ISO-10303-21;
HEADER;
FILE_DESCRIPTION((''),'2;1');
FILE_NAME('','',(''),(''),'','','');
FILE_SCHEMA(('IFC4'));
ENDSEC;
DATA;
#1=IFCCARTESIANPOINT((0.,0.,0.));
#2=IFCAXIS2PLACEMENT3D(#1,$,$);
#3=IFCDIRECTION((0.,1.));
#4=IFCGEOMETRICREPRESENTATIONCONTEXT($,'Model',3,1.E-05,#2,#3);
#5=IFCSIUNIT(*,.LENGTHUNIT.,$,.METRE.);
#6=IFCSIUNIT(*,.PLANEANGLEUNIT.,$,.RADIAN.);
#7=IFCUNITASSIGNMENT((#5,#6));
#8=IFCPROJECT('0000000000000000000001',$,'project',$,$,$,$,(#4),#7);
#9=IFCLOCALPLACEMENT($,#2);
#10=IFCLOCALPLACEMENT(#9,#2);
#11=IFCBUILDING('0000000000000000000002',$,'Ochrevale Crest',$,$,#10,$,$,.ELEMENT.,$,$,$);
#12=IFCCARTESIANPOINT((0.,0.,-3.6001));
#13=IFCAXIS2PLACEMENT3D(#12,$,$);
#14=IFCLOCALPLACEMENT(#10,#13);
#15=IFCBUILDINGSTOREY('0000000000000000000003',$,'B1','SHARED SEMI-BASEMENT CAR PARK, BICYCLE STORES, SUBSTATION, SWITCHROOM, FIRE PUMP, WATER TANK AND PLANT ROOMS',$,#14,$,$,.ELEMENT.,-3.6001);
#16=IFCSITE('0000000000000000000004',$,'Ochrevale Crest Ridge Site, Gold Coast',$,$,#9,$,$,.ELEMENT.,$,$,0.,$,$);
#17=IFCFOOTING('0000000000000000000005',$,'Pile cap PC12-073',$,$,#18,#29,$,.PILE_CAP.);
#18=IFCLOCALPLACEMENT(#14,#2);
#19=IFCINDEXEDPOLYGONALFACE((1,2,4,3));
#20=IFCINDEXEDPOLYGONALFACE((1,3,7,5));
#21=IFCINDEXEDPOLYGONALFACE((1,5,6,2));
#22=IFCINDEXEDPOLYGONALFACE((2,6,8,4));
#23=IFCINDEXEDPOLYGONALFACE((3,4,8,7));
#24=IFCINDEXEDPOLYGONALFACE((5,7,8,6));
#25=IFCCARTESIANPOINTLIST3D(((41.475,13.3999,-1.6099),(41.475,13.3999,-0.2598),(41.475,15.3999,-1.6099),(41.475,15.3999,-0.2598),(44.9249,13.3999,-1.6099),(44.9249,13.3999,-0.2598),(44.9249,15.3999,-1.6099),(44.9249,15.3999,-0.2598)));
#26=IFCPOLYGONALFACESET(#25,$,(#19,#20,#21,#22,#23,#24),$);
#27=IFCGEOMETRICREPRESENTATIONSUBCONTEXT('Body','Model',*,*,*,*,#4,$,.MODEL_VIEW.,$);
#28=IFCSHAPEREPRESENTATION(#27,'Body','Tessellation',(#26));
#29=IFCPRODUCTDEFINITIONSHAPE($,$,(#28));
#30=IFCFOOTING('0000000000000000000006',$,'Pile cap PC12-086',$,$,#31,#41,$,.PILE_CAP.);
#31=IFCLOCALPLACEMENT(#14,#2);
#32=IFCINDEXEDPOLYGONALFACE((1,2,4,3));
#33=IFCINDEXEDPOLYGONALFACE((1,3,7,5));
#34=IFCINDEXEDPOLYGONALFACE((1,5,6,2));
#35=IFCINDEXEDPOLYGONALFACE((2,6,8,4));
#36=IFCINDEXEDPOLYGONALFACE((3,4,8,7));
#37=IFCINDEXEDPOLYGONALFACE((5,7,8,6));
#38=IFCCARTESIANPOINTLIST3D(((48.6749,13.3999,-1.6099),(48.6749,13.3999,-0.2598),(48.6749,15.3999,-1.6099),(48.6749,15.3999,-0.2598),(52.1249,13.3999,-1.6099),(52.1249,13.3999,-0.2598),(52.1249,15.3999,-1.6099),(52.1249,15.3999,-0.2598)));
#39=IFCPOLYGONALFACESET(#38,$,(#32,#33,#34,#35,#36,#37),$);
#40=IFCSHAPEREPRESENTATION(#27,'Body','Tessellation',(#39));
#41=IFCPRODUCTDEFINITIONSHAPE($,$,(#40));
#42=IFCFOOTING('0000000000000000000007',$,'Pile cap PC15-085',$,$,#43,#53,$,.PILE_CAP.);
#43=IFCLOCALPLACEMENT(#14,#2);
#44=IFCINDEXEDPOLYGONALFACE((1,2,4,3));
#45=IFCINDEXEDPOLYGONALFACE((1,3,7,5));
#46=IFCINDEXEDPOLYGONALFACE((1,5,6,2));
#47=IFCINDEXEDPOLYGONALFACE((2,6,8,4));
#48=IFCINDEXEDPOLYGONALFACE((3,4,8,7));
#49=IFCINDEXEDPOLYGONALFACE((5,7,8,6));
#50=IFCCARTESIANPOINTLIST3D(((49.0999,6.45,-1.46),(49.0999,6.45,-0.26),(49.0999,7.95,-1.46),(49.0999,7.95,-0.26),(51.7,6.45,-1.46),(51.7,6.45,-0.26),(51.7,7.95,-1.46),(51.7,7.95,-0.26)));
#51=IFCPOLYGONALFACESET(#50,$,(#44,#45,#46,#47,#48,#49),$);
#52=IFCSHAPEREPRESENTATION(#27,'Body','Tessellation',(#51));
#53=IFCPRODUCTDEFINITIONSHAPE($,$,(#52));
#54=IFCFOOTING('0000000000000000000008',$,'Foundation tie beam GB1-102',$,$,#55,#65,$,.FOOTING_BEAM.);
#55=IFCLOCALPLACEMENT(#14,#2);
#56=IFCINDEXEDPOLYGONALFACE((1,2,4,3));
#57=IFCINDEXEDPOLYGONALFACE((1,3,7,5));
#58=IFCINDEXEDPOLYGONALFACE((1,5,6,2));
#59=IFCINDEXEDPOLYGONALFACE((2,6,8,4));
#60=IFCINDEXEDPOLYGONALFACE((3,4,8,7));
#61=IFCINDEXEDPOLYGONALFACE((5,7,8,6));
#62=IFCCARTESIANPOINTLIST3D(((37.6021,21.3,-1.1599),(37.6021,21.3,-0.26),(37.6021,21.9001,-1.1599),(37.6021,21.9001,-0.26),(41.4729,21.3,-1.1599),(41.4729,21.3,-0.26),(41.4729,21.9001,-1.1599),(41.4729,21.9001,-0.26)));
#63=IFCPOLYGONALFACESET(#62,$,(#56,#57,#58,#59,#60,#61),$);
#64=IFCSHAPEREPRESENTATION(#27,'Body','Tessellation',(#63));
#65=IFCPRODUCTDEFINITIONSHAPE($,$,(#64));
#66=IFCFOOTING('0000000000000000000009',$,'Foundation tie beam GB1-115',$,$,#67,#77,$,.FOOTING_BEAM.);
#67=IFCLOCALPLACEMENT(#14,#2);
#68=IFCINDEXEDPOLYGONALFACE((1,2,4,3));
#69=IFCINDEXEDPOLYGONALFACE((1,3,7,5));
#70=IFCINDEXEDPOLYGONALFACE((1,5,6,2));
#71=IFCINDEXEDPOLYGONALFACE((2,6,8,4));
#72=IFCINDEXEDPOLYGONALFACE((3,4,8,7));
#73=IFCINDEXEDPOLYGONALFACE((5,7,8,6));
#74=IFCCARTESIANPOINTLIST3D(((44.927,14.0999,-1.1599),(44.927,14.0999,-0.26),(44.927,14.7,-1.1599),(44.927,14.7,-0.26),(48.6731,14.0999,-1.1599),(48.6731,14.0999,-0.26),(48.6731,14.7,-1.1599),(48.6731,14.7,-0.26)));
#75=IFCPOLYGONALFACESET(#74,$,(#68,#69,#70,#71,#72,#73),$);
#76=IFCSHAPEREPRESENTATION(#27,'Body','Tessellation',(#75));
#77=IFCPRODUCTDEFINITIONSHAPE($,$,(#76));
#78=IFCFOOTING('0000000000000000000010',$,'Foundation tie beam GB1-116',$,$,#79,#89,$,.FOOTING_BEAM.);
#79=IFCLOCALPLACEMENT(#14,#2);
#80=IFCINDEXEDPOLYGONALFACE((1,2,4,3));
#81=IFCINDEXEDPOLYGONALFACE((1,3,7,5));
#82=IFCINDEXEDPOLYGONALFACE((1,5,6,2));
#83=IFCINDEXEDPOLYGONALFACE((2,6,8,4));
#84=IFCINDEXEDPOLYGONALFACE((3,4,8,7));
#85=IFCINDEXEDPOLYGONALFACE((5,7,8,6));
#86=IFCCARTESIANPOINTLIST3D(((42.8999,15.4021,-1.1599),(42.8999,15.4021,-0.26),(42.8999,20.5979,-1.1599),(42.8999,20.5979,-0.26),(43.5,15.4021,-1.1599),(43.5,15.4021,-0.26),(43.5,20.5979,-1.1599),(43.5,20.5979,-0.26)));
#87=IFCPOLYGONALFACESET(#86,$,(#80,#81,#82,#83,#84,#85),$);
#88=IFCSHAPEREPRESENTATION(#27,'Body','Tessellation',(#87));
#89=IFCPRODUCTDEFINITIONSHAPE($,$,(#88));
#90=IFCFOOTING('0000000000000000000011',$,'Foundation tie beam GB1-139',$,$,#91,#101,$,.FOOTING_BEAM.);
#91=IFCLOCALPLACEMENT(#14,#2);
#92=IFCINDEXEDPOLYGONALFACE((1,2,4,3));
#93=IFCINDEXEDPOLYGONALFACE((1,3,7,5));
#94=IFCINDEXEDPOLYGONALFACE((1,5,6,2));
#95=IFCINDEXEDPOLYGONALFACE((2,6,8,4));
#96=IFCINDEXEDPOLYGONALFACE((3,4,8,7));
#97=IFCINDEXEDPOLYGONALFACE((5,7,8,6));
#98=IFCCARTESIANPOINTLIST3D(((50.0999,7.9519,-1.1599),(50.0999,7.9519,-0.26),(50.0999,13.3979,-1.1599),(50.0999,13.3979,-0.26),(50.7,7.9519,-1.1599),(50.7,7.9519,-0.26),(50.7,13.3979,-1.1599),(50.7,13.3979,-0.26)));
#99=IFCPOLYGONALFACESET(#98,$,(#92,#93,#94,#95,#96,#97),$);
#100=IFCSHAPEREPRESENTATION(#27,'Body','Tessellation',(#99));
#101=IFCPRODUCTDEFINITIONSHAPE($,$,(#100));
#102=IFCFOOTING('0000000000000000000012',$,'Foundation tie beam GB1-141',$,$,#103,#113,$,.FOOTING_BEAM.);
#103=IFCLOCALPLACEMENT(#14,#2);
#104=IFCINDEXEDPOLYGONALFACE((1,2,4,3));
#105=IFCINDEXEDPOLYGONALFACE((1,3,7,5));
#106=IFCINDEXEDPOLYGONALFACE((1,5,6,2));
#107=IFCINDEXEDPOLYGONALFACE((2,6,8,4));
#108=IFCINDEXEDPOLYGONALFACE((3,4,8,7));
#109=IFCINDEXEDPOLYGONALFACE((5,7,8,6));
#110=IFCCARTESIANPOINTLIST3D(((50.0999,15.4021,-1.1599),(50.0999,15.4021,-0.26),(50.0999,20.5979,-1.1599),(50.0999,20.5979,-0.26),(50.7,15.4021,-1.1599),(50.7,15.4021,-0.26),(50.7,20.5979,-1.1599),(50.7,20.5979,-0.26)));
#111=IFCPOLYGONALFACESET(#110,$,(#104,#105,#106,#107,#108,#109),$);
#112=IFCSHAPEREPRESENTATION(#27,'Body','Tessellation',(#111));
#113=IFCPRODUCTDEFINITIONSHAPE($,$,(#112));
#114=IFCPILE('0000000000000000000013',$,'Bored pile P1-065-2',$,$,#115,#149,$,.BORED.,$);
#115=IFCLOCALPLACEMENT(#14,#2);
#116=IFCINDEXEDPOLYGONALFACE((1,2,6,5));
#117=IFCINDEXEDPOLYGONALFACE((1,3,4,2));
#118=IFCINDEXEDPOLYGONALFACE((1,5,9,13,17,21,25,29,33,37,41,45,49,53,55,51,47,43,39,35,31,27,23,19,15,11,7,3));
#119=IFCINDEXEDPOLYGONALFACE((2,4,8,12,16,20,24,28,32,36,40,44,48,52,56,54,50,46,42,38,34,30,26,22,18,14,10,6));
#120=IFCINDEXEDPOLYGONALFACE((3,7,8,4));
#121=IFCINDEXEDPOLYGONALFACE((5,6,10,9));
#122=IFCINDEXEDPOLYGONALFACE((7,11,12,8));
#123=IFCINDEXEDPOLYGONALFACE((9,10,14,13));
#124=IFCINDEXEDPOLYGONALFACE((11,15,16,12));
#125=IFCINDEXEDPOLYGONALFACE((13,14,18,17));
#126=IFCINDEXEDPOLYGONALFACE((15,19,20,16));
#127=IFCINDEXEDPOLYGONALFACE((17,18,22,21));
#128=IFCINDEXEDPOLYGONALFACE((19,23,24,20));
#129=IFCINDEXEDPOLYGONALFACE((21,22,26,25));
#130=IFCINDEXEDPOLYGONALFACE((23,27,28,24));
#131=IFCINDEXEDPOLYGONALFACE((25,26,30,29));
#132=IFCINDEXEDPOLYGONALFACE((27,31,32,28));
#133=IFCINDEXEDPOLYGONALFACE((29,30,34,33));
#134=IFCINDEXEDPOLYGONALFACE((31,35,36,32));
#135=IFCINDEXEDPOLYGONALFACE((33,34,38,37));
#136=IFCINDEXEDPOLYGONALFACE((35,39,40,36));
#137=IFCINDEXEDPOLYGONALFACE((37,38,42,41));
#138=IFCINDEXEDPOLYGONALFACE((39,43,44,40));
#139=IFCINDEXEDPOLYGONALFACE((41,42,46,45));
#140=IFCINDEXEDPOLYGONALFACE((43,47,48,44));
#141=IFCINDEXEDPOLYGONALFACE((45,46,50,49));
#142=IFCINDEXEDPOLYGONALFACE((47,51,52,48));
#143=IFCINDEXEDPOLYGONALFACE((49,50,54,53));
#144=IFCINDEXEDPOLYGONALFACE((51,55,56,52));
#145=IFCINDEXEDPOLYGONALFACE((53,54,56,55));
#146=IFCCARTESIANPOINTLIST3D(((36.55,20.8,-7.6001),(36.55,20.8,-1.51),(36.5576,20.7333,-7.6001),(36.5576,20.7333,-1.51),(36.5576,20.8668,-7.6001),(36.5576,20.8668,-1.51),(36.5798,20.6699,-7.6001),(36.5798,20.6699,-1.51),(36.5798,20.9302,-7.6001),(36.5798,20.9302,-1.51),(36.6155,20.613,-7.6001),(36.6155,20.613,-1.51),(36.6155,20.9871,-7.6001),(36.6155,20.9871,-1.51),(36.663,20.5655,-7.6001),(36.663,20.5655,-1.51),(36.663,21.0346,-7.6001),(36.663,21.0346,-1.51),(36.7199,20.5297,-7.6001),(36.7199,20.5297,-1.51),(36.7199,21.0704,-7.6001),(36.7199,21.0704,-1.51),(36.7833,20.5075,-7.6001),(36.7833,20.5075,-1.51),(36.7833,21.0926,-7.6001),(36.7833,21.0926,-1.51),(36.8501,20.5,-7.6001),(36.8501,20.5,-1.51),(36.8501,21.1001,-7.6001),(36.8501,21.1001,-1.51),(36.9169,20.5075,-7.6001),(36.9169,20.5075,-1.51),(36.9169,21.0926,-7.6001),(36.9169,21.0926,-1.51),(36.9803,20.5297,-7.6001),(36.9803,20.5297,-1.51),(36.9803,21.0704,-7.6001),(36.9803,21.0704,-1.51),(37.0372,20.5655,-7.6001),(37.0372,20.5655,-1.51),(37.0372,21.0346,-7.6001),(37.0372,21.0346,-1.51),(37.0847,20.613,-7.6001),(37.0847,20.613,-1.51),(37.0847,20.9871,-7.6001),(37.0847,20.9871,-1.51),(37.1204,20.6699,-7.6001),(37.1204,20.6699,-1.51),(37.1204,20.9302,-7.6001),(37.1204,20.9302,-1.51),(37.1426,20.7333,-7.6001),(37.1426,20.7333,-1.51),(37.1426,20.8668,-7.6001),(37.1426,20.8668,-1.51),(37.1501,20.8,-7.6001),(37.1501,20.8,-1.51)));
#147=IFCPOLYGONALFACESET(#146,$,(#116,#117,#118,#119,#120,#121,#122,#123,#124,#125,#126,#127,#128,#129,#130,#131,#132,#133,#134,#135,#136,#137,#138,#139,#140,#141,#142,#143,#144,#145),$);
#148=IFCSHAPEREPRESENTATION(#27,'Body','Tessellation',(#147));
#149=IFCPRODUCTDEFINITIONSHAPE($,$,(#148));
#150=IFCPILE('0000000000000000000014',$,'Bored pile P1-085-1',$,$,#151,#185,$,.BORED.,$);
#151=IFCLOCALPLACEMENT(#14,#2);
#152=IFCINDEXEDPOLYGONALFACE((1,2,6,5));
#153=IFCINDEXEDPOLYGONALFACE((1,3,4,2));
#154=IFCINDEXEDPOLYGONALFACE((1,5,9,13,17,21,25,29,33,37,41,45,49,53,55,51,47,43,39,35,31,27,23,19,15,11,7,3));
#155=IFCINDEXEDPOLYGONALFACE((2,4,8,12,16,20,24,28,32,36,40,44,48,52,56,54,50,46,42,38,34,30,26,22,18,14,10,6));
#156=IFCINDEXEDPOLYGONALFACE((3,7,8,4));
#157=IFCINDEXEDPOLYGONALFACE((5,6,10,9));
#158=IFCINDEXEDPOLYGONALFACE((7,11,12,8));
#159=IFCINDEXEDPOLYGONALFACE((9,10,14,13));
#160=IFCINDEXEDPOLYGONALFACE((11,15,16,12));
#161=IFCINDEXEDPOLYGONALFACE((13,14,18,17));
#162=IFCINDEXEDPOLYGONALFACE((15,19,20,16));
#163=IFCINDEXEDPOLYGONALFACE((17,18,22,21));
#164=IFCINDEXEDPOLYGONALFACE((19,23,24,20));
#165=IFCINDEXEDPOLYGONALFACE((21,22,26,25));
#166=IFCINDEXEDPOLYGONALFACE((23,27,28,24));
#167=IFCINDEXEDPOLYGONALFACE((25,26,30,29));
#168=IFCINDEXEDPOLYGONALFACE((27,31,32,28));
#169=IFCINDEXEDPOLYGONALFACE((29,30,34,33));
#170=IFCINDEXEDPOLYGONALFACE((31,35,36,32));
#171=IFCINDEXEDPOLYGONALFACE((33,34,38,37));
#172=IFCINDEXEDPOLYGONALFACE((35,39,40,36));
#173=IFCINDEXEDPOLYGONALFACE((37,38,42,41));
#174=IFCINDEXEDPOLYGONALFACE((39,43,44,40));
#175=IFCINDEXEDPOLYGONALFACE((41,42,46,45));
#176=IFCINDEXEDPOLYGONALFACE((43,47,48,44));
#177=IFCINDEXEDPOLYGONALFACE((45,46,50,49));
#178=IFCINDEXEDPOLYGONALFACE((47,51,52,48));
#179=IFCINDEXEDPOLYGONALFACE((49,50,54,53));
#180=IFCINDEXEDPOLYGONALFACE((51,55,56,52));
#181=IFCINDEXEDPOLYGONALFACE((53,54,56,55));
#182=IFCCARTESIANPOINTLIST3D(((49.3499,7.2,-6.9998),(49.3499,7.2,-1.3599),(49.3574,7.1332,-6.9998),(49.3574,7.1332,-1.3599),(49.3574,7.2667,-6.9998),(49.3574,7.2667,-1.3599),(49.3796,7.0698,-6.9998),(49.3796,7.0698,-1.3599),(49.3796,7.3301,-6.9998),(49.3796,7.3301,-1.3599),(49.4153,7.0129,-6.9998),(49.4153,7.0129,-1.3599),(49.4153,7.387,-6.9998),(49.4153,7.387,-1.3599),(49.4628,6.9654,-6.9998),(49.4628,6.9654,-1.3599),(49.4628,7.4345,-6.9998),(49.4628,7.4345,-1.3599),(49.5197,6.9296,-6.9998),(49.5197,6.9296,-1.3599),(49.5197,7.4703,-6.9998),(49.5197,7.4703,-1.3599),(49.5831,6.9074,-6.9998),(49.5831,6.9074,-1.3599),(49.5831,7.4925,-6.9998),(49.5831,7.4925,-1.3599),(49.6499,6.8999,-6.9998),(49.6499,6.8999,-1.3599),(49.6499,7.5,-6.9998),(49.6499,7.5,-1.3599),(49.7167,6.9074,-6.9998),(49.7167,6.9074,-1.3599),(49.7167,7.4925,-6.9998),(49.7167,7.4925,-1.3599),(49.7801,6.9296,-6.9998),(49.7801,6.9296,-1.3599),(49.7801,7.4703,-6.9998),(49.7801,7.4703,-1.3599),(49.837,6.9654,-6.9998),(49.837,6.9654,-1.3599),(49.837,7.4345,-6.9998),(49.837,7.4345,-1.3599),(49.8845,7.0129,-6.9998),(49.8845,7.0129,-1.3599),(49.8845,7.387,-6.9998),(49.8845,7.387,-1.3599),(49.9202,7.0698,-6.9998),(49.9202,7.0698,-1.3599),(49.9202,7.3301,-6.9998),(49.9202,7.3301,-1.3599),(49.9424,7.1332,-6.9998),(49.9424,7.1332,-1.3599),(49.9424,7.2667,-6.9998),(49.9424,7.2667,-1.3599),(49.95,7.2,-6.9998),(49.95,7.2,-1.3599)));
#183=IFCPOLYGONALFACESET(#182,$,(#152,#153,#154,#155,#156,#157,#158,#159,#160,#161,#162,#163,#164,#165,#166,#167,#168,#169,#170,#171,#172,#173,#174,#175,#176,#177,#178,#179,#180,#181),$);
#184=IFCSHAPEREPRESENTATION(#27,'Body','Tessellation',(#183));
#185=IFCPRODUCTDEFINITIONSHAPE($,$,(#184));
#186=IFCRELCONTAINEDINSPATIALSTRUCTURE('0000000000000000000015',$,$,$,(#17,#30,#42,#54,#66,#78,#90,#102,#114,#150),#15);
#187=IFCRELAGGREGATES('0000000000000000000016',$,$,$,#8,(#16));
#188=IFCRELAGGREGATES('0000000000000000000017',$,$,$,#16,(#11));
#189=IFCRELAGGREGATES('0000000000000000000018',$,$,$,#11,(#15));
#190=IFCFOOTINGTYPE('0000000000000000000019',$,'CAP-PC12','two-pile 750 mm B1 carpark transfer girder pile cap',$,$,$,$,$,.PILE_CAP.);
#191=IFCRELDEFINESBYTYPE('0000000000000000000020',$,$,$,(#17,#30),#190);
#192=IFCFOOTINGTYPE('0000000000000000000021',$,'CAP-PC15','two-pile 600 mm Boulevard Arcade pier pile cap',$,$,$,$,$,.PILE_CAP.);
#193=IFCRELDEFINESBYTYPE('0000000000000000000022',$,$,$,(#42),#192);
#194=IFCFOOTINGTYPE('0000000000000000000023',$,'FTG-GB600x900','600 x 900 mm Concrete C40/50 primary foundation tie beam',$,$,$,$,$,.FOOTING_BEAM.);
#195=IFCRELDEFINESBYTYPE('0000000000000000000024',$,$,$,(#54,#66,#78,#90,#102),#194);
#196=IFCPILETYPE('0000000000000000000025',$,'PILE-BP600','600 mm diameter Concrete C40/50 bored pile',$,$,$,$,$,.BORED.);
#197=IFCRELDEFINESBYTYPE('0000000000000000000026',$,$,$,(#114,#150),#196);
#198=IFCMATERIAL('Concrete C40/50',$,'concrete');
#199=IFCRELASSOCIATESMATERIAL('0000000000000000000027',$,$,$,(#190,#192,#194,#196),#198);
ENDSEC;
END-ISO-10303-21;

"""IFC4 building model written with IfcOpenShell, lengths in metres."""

from ifc_helpers import new_model, si_unit, direction, frame, origin, origin_2d, place, context, subcontext, project, spatial, rectangle, circle, extrude, material, material_profile, profile_set, type_object, element, save


model = new_model("IFC4")

# Units and contexts
model_context = context("Model", 3, precision=1e-05, world=origin(), true_north=direction((0.0, 1.0)))
body_context = subcontext(model_context, "Body", "Model", "MODEL_VIEW")
ifc_project = project(units=[si_unit("LENGTHUNIT", "METRE"), si_unit("PLANEANGLEUNIT", "RADIAN")], contexts=[model_context])

# Site, building, storey
site_placement = place(None, origin())
site = spatial("IfcSite", under=ifc_project, at=site_placement, Name="Ochrevale Crest Ridge Site, Gold Coast", CompositionType="ELEMENT", RefElevation=0.0)
building_placement = place(site_placement, origin())
building = spatial("IfcBuilding", under=site, at=building_placement, Name="Ochrevale Crest", CompositionType="ELEMENT")
storey_placement = place(building_placement, frame((0.0, 0.0, -3.6001)))
storey = spatial("IfcBuildingStorey", under=building, at=storey_placement, Name="B1", Description="SHARED SEMI-BASEMENT CAR PARK, BICYCLE STORES, SUBSTATION, SWITCHROOM, FIRE PUMP, WATER TANK AND PLANT ROOMS", CompositionType="ELEMENT", Elevation=-3.6001)

# Footings
ifc_material_1 = material(Name="Concrete C40/50", Category="concrete")
footing_type_1 = type_object("IfcFootingType", Name="CAP-PC12", Description="two-pile 750 mm B1 carpark transfer girder pile cap", PredefinedType="PILE_CAP", material=ifc_material_1)
for number, where, z_axis, x_axis, name in (
    (1, (43.2, 14.3999, -1.6099), (0.0, 0.0, 1.0), (1.0, 0.0, 0.0), "Pile cap PC12-073"),
    (2, (50.3999, 14.3999, -1.6099), (0.0, 0.0, 1.0), (1.0, 0.0, 0.0), "Pile cap PC12-086"),
):
    element("IfcFooting", number, at=place(storey_placement, frame(where, z_axis=z_axis, x_axis=x_axis)), inside=storey, type_object=footing_type_1, Name=name, PredefinedType="PILE_CAP", context=body_context, shape_type="SweptSolid", body=[
        extrude(rectangle(XDim=3.45, YDim=2.0, at=origin_2d()), origin(), (0.0, 0.0, 1.0), 1.3501),
    ])
footing_type_2 = type_object("IfcFootingType", Name="CAP-PC15", Description="two-pile 600 mm Boulevard Arcade pier pile cap", PredefinedType="PILE_CAP", material=ifc_material_1)
footing_1_placement = place(storey_placement, frame((50.3999, 7.2, -1.46), z_axis=(0.0, 0.0, 1.0), x_axis=(1.0, 0.0, 0.0)))
element("IfcFooting", 3, at=footing_1_placement, inside=storey, type_object=footing_type_2, Name="Pile cap PC15-085", PredefinedType="PILE_CAP", context=body_context, shape_type="SweptSolid", body=[
    extrude(rectangle(XDim=2.6001, YDim=1.5, at=origin_2d()), origin(), (0.0, 0.0, 1.0), 1.2),
])
ifc_material_profile_1 = material_profile(ifc_material_1, rectangle(XDim=0.6001, YDim=0.8999, at=origin_2d()), Name="GB 600x900")
ifc_profile_set_1 = profile_set([ifc_material_profile_1], Name="Concrete C40/50")
footing_type_3 = type_object("IfcFootingType", Name="FTG-GB600x900", Description="600 x 900 mm Concrete C40/50 primary foundation tie beam", PredefinedType="FOOTING_BEAM", material=ifc_profile_set_1)
footing_2_placement = place(storey_placement, frame((37.6021, 21.6001, -0.71), z_axis=(1.0, 0.0, 0.0), x_axis=(0.0, 1.0, 0.0)))
element("IfcFooting", 4, at=footing_2_placement, inside=storey, type_object=footing_type_3, Name="Foundation tie beam GB1-102", PredefinedType="FOOTING_BEAM", context=body_context, shape_type="SweptSolid", body=[
    extrude(rectangle(XDim=0.6001, YDim=0.8999, at=origin_2d()), origin(), (0.0, 0.0, 1.0), 3.8708),
])
footing_3_placement = place(storey_placement, frame((44.927, 14.3999, -0.71), z_axis=(1.0, 0.0, 0.0), x_axis=(0.0, 1.0, 0.0)))
element("IfcFooting", 5, at=footing_3_placement, inside=storey, type_object=footing_type_3, Name="Foundation tie beam GB1-115", PredefinedType="FOOTING_BEAM", context=body_context, shape_type="SweptSolid", body=[
    extrude(rectangle(XDim=0.6001, YDim=0.8999, at=origin_2d()), origin(), (0.0, 0.0, 1.0), 3.7461),
])
footing_4_placement = place(storey_placement, frame((43.2, 15.4021, -0.71), z_axis=(0.0, 1.0, 0.0), x_axis=(-1.0, 0.0, 0.0)))
element("IfcFooting", 6, at=footing_4_placement, inside=storey, type_object=footing_type_3, Name="Foundation tie beam GB1-116", PredefinedType="FOOTING_BEAM", context=body_context, shape_type="SweptSolid", body=[
    extrude(rectangle(XDim=0.6001, YDim=0.8999, at=origin_2d()), origin(), (0.0, 0.0, 1.0), 5.1958),
])
footing_5_placement = place(storey_placement, frame((50.3999, 7.9519, -0.71), z_axis=(0.0, 1.0, 0.0), x_axis=(-1.0, 0.0, 0.0)))
element("IfcFooting", 7, at=footing_5_placement, inside=storey, type_object=footing_type_3, Name="Foundation tie beam GB1-139", PredefinedType="FOOTING_BEAM", context=body_context, shape_type="SweptSolid", body=[
    extrude(rectangle(XDim=0.6001, YDim=0.8999, at=origin_2d()), origin(), (0.0, 0.0, 1.0), 5.446),
])
footing_6_placement = place(storey_placement, frame((50.3999, 15.4021, -0.71), z_axis=(0.0, 1.0, 0.0), x_axis=(-1.0, 0.0, 0.0)))
element("IfcFooting", 8, at=footing_6_placement, inside=storey, type_object=footing_type_3, Name="Foundation tie beam GB1-141", PredefinedType="FOOTING_BEAM", context=body_context, shape_type="SweptSolid", body=[
    extrude(rectangle(XDim=0.6001, YDim=0.8999, at=origin_2d()), origin(), (0.0, 0.0, 1.0), 5.1958),
])

# Piles
ifc_material_profile_2 = material_profile(ifc_material_1, circle(Radius=0.3, at=origin_2d()), Name="BORED PILE 600")
ifc_profile_set_2 = profile_set([ifc_material_profile_2], Name="Concrete C40/50")
pile_type_1 = type_object("IfcPileType", Name="PILE-BP600", Description="600 mm diameter Concrete C40/50 bored pile", PredefinedType="BORED", material=ifc_profile_set_2)
pile_1_placement = place(storey_placement, frame((36.8501, 20.8, -1.51), z_axis=(0.0, 0.0, -1.0), x_axis=(1.0, 0.0, 0.0)))
element("IfcPile", 9, at=pile_1_placement, inside=storey, type_object=pile_type_1, Name="Bored pile P1-065-2", PredefinedType="BORED", context=body_context, shape_type="SweptSolid", body=[
    extrude(circle(Radius=0.3, at=origin_2d()), origin(), (0.0, 0.0, 1.0), 6.0901),
])
pile_2_placement = place(storey_placement, frame((49.6499, 7.2, -1.3599), z_axis=(0.0, 0.0, -1.0), x_axis=(1.0, 0.0, 0.0)))
element("IfcPile", 10, at=pile_2_placement, inside=storey, type_object=pile_type_1, Name="Bored pile P1-085-1", PredefinedType="BORED", context=body_context, shape_type="SweptSolid", body=[
    extrude(circle(Radius=0.3, at=origin_2d()), origin(), (0.0, 0.0, 1.0), 5.6399),
])

save(model, "model.ifc")
